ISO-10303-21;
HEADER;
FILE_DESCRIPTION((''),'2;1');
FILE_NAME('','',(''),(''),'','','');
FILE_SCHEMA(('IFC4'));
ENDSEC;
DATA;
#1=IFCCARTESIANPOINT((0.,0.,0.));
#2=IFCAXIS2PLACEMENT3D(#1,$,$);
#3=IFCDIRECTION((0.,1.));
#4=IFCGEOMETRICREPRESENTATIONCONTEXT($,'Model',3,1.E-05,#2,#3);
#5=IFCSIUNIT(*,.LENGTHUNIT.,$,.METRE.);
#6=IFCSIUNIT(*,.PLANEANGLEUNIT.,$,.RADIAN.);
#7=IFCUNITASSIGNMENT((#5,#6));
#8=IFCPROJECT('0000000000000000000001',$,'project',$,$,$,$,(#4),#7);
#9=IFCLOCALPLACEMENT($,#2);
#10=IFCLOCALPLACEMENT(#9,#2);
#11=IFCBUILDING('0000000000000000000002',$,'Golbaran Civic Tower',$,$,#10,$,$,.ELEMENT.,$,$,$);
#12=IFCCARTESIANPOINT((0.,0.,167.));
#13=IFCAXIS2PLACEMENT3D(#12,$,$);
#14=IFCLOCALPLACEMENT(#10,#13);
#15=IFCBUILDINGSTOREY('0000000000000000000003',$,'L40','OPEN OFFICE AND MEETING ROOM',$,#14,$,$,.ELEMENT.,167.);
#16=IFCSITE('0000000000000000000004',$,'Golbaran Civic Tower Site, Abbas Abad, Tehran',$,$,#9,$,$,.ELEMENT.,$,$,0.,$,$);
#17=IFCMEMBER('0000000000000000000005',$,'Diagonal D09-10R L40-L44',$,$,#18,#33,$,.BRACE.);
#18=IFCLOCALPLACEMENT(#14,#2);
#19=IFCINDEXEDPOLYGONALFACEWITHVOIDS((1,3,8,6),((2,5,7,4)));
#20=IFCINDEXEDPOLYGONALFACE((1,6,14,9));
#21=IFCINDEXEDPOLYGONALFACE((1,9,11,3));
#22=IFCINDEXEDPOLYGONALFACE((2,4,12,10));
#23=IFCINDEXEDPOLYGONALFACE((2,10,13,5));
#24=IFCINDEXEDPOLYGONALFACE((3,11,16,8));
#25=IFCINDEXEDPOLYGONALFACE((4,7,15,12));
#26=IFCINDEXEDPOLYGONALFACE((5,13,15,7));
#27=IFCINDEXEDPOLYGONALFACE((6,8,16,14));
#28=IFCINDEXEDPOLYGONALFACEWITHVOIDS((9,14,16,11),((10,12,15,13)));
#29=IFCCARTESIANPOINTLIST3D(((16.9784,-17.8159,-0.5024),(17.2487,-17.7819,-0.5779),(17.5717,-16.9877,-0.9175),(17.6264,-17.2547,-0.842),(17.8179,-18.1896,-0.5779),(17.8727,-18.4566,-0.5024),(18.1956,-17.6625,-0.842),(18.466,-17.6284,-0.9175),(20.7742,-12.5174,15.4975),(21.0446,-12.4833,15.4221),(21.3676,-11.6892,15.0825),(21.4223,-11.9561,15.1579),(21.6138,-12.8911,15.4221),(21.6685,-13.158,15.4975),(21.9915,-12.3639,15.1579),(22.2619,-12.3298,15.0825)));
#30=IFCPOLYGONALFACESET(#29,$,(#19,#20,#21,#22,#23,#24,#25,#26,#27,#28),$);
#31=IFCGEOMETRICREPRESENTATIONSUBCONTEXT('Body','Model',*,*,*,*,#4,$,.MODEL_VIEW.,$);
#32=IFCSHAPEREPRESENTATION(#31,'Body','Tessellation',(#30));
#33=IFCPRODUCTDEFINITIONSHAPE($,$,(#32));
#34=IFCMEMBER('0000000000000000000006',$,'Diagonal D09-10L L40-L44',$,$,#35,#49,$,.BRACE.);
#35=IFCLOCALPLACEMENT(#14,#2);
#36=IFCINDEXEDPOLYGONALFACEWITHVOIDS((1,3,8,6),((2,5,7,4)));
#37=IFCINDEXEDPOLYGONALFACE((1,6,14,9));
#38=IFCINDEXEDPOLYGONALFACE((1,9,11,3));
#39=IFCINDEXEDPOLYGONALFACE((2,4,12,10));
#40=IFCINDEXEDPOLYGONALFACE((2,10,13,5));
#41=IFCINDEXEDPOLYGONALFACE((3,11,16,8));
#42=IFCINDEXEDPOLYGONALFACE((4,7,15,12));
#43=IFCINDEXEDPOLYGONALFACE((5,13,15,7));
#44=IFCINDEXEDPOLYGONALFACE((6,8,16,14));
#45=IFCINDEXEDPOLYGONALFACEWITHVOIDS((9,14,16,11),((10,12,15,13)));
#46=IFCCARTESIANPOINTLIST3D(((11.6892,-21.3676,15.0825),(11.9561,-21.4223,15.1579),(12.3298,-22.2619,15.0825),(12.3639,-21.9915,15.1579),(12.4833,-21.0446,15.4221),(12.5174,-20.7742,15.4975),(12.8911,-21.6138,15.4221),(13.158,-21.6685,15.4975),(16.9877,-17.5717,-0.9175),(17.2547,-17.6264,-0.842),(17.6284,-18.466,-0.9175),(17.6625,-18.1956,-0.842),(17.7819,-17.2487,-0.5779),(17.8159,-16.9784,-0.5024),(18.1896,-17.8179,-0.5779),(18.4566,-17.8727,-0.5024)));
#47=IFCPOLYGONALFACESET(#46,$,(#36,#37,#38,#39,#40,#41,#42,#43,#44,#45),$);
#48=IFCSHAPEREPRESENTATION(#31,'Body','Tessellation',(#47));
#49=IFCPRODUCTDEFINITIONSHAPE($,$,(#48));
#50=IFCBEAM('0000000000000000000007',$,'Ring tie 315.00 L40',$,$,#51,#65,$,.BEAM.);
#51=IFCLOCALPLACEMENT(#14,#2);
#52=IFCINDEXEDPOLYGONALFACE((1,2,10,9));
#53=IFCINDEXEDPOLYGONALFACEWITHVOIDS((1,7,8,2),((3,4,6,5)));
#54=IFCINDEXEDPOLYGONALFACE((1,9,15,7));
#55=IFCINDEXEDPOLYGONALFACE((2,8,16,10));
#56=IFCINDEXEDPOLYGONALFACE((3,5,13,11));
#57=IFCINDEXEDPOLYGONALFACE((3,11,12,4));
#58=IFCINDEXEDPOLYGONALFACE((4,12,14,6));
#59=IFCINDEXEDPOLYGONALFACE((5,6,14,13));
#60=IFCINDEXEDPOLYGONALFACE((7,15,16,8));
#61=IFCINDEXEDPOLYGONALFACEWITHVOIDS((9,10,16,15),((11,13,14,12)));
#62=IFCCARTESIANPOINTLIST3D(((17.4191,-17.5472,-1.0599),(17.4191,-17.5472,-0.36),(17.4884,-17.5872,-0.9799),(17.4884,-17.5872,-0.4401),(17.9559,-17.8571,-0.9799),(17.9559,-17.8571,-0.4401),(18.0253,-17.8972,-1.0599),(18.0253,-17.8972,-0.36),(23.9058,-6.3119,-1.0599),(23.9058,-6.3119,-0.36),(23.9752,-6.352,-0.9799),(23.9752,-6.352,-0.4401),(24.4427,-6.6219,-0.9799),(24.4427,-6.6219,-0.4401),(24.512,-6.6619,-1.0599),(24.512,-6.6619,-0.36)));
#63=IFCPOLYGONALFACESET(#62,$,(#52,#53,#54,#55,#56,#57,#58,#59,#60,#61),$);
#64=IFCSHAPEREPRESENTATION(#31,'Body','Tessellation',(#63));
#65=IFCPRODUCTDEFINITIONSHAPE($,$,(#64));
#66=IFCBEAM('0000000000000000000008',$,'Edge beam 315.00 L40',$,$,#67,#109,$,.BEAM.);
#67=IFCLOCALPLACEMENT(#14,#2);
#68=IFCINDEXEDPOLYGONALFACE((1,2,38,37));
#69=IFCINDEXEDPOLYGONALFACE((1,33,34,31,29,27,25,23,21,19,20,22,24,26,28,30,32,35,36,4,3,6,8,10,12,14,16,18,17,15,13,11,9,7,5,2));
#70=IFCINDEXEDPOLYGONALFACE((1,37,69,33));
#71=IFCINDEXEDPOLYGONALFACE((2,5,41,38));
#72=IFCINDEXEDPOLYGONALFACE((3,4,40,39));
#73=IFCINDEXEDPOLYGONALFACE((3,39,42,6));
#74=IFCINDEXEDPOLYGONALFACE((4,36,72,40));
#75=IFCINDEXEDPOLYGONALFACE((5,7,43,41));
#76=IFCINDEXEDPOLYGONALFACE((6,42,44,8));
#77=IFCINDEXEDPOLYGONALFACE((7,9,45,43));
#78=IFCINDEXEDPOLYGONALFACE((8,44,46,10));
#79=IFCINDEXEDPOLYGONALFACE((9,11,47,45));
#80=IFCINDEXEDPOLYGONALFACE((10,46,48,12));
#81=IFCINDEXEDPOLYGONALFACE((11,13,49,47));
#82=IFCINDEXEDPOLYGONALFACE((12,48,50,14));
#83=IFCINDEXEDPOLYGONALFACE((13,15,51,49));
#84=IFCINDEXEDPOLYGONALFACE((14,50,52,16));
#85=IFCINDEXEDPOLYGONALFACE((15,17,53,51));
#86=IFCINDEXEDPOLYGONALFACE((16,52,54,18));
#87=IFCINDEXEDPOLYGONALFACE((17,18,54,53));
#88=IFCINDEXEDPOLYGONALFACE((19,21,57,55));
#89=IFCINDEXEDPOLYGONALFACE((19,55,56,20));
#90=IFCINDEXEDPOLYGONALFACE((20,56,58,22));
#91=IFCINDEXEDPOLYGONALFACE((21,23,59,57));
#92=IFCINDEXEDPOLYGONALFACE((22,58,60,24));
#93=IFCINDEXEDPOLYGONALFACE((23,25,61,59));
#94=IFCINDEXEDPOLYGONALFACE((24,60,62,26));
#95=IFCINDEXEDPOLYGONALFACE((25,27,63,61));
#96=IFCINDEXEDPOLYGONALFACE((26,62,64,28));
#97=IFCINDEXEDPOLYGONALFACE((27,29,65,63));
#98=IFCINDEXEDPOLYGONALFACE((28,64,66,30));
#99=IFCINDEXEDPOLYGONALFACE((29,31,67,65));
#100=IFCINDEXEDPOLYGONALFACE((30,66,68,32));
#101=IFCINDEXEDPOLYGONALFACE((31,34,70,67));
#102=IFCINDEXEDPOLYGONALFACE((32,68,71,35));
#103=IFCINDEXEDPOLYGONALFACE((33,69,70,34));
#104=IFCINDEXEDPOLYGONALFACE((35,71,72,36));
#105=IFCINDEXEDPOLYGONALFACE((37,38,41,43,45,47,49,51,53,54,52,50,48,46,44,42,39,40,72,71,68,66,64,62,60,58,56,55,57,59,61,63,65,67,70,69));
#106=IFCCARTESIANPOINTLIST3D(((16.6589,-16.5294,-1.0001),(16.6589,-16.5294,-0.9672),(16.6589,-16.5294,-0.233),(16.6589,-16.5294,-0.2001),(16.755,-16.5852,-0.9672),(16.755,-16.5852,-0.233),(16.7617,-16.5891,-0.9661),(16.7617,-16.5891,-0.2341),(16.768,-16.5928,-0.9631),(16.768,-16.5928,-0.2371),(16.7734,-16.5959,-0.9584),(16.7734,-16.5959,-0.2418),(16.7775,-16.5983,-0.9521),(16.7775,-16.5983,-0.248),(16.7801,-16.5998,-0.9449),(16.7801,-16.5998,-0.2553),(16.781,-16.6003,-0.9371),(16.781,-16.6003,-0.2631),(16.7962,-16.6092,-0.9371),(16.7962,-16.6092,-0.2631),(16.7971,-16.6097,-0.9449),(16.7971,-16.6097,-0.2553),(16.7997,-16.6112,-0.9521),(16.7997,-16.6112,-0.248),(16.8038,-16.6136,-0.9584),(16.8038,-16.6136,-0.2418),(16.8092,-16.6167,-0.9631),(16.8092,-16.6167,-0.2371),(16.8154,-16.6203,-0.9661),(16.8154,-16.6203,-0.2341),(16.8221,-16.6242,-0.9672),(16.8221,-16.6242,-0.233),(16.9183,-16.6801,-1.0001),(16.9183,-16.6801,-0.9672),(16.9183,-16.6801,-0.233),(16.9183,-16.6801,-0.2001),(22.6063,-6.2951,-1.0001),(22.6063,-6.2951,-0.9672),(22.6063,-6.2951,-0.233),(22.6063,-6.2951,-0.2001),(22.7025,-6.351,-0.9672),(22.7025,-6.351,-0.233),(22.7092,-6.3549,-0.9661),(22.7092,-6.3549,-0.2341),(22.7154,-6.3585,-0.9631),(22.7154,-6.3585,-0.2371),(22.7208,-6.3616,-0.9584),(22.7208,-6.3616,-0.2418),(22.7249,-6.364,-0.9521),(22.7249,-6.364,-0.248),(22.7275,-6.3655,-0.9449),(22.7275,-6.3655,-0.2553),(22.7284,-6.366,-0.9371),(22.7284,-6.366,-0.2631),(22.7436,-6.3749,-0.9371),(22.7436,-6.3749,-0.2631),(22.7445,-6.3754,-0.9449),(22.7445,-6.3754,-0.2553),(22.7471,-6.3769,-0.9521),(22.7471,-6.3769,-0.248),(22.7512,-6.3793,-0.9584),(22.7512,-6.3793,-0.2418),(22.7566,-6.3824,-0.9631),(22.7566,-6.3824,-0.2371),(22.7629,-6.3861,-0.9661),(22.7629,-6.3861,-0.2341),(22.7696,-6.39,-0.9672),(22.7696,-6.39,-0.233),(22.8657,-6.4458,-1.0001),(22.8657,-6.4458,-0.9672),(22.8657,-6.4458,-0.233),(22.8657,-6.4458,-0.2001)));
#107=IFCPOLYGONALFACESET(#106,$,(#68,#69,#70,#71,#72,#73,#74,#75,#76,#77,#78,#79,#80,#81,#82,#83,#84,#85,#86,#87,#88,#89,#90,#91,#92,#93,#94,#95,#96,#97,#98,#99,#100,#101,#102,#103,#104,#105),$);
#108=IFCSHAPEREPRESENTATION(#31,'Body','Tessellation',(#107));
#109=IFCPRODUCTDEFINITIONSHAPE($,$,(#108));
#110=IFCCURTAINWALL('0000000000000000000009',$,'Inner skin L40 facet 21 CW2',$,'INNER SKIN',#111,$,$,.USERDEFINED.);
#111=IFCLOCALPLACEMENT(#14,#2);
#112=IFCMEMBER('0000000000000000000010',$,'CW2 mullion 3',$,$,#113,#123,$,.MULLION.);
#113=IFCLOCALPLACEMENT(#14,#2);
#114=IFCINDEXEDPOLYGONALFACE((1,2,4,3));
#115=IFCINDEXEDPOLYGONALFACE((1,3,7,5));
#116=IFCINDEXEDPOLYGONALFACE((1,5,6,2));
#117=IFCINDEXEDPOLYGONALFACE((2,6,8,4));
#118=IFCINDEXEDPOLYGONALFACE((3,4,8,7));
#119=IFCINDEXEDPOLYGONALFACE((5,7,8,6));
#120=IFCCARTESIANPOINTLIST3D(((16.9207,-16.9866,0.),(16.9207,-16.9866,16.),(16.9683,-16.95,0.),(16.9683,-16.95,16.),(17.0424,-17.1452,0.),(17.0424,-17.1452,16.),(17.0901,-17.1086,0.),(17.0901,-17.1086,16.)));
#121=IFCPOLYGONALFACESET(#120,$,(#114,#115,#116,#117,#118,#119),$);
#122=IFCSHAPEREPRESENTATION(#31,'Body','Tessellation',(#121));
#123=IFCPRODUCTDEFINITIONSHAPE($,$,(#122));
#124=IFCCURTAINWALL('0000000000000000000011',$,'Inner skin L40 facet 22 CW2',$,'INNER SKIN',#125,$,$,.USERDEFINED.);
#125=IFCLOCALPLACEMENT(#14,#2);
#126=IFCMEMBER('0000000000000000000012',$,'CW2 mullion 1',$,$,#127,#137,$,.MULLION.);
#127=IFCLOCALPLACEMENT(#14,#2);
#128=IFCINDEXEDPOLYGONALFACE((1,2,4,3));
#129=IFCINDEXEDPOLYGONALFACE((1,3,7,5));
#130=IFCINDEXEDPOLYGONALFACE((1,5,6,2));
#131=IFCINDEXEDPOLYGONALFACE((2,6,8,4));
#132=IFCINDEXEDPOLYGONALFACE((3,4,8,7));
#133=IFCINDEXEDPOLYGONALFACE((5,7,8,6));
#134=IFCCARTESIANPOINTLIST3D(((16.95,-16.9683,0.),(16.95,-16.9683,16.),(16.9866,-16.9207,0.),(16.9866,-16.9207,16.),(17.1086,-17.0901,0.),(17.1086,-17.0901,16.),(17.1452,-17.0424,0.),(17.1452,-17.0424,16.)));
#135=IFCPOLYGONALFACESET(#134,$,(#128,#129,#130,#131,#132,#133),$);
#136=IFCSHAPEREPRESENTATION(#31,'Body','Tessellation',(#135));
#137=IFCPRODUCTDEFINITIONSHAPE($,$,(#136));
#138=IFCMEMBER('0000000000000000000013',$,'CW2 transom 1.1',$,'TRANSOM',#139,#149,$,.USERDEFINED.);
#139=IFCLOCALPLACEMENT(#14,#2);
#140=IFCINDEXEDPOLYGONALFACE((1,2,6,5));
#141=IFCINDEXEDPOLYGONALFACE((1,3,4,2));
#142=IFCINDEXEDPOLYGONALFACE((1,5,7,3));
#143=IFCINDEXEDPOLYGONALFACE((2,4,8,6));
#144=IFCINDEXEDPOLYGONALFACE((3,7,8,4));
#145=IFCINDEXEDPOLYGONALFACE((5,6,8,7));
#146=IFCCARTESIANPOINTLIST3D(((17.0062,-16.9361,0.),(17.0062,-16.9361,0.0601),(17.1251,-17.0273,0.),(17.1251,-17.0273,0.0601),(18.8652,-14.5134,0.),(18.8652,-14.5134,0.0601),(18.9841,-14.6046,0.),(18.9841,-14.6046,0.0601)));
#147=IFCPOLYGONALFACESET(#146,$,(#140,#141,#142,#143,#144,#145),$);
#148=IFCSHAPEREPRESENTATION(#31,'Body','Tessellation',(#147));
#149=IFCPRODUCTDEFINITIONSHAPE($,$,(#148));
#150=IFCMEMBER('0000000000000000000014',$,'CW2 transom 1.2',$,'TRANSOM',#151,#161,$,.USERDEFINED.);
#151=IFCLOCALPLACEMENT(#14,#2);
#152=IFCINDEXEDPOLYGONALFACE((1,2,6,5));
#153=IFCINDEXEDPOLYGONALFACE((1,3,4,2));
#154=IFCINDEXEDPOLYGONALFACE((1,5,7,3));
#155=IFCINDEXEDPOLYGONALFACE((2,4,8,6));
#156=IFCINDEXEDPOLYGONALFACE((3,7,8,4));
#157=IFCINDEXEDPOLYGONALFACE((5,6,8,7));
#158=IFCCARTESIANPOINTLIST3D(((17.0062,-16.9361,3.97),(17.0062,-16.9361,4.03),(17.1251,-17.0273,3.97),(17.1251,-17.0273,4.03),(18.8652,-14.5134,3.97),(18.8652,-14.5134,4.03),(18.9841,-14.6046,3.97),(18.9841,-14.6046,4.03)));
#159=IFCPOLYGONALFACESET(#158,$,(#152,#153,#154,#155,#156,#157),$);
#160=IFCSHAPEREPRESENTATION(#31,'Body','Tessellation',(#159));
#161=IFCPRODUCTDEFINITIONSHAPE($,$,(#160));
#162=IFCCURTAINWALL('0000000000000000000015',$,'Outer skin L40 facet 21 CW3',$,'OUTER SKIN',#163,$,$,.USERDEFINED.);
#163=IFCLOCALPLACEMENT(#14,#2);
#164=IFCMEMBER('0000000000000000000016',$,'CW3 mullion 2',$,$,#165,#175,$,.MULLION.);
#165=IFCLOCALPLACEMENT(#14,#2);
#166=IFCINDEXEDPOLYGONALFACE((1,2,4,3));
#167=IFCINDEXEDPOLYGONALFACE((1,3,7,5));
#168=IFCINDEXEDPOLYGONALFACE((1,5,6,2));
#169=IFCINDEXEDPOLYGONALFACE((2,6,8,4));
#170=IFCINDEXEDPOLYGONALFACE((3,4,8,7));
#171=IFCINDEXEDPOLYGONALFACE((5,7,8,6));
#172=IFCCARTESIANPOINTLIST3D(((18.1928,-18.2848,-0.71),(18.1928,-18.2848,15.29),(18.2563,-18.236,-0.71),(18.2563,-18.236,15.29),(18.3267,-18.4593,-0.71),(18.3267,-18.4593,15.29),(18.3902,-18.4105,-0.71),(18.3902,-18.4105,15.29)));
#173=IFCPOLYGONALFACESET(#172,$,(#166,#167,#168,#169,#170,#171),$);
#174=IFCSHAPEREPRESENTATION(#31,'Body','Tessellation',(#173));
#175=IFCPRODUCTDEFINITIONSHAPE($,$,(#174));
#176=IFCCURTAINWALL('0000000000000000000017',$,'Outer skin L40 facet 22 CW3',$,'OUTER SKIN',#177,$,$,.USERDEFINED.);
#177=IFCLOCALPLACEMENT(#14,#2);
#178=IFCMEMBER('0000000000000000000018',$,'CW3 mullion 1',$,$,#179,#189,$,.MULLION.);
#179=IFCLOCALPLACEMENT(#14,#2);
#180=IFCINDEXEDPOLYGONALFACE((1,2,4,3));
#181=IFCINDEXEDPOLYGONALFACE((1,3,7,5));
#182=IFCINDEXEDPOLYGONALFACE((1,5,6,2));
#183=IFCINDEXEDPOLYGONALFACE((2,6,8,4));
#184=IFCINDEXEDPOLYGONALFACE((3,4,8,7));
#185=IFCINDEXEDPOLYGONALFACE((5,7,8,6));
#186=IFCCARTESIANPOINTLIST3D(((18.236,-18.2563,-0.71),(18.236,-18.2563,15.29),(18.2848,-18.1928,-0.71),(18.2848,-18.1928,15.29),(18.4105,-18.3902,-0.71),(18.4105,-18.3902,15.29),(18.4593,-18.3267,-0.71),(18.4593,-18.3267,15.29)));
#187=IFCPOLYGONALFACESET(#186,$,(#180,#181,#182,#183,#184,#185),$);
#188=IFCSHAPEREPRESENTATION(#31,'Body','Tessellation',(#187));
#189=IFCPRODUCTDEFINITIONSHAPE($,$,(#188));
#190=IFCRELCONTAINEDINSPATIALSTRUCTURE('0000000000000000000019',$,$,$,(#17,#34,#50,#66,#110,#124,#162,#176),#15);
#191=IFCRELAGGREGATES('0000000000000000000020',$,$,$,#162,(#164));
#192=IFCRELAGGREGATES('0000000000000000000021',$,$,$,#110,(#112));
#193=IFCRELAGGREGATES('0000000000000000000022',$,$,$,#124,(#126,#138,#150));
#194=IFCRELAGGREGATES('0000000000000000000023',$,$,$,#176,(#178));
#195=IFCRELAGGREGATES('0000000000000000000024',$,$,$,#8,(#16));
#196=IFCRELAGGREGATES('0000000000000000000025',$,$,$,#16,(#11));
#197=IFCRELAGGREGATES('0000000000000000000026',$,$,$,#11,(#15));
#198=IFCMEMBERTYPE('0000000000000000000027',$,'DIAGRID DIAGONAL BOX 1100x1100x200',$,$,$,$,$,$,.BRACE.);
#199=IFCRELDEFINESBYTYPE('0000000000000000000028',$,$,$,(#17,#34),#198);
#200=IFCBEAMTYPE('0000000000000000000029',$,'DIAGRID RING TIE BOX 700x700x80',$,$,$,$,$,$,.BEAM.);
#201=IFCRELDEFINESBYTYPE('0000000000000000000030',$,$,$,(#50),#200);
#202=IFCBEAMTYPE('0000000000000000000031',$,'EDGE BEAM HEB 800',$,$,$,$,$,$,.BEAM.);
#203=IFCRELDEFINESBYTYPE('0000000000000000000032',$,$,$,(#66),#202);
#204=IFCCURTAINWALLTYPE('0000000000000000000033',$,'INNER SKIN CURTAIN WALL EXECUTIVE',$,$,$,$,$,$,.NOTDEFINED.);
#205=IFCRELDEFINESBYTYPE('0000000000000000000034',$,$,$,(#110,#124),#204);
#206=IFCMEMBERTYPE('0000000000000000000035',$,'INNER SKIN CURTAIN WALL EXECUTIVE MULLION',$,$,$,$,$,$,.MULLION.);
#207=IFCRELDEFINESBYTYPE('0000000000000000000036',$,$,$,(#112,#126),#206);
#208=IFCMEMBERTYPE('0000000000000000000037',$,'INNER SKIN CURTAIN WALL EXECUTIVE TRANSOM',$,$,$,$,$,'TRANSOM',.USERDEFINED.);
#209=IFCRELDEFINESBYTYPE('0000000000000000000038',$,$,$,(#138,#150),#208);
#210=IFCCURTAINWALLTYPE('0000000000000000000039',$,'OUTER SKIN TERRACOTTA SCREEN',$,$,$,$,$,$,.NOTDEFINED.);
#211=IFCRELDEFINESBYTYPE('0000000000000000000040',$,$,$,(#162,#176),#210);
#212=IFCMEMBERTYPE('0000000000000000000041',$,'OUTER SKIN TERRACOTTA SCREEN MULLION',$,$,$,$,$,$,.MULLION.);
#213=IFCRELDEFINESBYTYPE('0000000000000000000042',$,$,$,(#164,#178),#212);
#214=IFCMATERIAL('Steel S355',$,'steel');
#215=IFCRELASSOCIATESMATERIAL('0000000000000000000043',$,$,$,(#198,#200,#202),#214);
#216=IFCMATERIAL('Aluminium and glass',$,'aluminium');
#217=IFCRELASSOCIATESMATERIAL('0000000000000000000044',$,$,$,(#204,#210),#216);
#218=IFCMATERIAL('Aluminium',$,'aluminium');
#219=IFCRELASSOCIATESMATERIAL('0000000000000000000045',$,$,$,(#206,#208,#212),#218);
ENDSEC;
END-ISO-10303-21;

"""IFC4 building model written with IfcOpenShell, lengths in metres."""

from ifc_helpers import new_model, si_unit, direction, frame, origin, origin_2d, place, context, subcontext, project, spatial, rectangle, hollow_rectangle, i_section, extrude, material, material_profile, profile_set, type_object, element, aggregate, save


model = new_model("IFC4")

# Units and contexts
model_context = context("Model", 3, precision=1e-05, world=origin(), true_north=direction((0.0, 1.0)))
body_context = subcontext(model_context, "Body", "Model", "MODEL_VIEW")
ifc_project = project(units=[si_unit("LENGTHUNIT", "METRE"), si_unit("PLANEANGLEUNIT", "RADIAN")], contexts=[model_context])

# Site, building, storey
site_placement = place(None, origin())
site = spatial("IfcSite", under=ifc_project, at=site_placement, Name="Golbaran Civic Tower Site, Abbas Abad, Tehran", CompositionType="ELEMENT", RefElevation=0.0)
building_placement = place(site_placement, origin())
building = spatial("IfcBuilding", under=site, at=building_placement, Name="Golbaran Civic Tower", CompositionType="ELEMENT")
storey_placement = place(building_placement, frame((0.0, 0.0, 167.0)))
storey = spatial("IfcBuildingStorey", under=building, at=storey_placement, Name="L40", Description="OPEN OFFICE AND MEETING ROOM", CompositionType="ELEMENT", Elevation=167.0)

# Members
ifc_material_1 = material(Name="Steel S355", Category="steel")
ifc_material_profile_1 = material_profile(ifc_material_1, hollow_rectangle(XDim=1.1001, YDim=1.1001, WallThickness=0.2, at=origin_2d()), Name="BOX 1100x1100x200")
ifc_profile_set_1 = profile_set([ifc_material_profile_1], Name="Steel S355")
member_type_1 = type_object("IfcMemberType", Name="DIAGRID DIAGONAL BOX 1100x1100x200", PredefinedType="BRACE", material=ifc_profile_set_1)
for number, where, z_axis, x_axis, name in (
    (1, (17.7222, -17.7222, -0.71), (0.219712, 0.30669, 0.926104), (-0.81292, 0.582375, 0.0), "Diagonal D09-10R L40-L44"),
    (2, (17.7222, -17.7222, -0.71), (-0.30669, -0.219712, 0.926104), (0.582375, -0.81292, 0.0), "Diagonal D09-10L L40-L44"),
):
    element("IfcMember", number, at=place(storey_placement, frame(where, z_axis=z_axis, x_axis=x_axis)), inside=storey, type_object=member_type_1, Name=name, PredefinedType="BRACE", context=body_context, shape_type="SweptSolid", body=[
        extrude(hollow_rectangle(XDim=1.1001, YDim=1.1001, WallThickness=0.2, at=origin_2d()), origin(), (0.0, 0.0, 1.0), 17.2766),
    ])

# Beams
ifc_material_profile_2 = material_profile(ifc_material_1, hollow_rectangle(XDim=0.7, YDim=0.7, WallThickness=0.0801, at=origin_2d()), Name="BOX 700x700x80")
ifc_profile_set_2 = profile_set([ifc_material_profile_2], Name="Steel S355")
beam_type_1 = type_object("IfcBeamType", Name="DIAGRID RING TIE BOX 700x700x80", PredefinedType="BEAM", material=ifc_profile_set_2)
beam_1_placement = place(storey_placement, frame((17.7222, -17.7222, -0.71), z_axis=(0.500005, 0.866023, 0.0), x_axis=(-0.866023, 0.500005, 0.0)))
element("IfcBeam", 3, at=beam_1_placement, inside=storey, type_object=beam_type_1, Name="Ring tie 315.00 L40", PredefinedType="BEAM", context=body_context, shape_type="SweptSolid", body=[
    extrude(hollow_rectangle(XDim=0.7, YDim=0.7, WallThickness=0.0801, at=origin_2d()), origin(), (0.0, 0.0, 1.0), 12.9734),
])
ifc_material_profile_3 = material_profile(ifc_material_1, i_section(OverallWidth=0.3, OverallDepth=0.8, WebThickness=0.0176, FlangeThickness=0.033, FilletRadius=0.03, at=origin_2d()), Name="HEB 800")
ifc_profile_set_3 = profile_set([ifc_material_profile_3], Name="Steel S355")
beam_type_2 = type_object("IfcBeamType", Name="EDGE BEAM HEB 800", PredefinedType="BEAM", material=ifc_profile_set_3)
beam_2_placement = place(storey_placement, frame((16.7886, -16.6047, -0.6001), z_axis=(0.502449, 0.864607, 0.0), x_axis=(-0.864607, 0.502449, 0.0)))
element("IfcBeam", 4, at=beam_2_placement, inside=storey, type_object=beam_type_2, Name="Edge beam 315.00 L40", PredefinedType="BEAM", context=body_context, shape_type="SweptSolid", body=[
    extrude(i_section(OverallWidth=0.3, OverallDepth=0.8, WebThickness=0.0176, FlangeThickness=0.033, FilletRadius=0.03, at=origin_2d()), origin(), (0.0, 0.0, 1.0), 11.8369),
])

# Curtain wall, member
ifc_material_2 = material(Name="Aluminium and glass", Category="aluminium")
curtain_wall_type_1 = type_object("IfcCurtainWallType", Name="INNER SKIN CURTAIN WALL EXECUTIVE", PredefinedType="NOTDEFINED", material=ifc_material_2)
curtain_wall_1_placement = place(storey_placement, origin())
curtain_wall_1 = element("IfcCurtainWall", 5, at=curtain_wall_1_placement, inside=storey, type_object=curtain_wall_type_1, Name="Inner skin L40 facet 21 CW2", ObjectType="INNER SKIN", PredefinedType="USERDEFINED")
ifc_material_3 = material(Name="Aluminium", Category="aluminium")
ifc_material_profile_4 = material_profile(ifc_material_3, rectangle(XDim=0.2, YDim=0.0601, at=origin_2d()), Name="INNER SKIN CURTAIN WALL EXECUTIVE MULLION")
ifc_profile_set_4 = profile_set([ifc_material_profile_4], Name="Aluminium")
member_type_2 = type_object("IfcMemberType", Name="INNER SKIN CURTAIN WALL EXECUTIVE MULLION", PredefinedType="MULLION", material=ifc_profile_set_4)
member_1_placement = place(storey_placement, frame((17.0054, -17.0476, 0.0), z_axis=(0.0, 0.0, 1.0), x_axis=(-0.608761, 0.793353, 0.0)))
member_1 = element("IfcMember", 6, at=member_1_placement, type_object=member_type_2, Name="CW2 mullion 3", PredefinedType="MULLION", context=body_context, shape_type="SweptSolid", body=[
    extrude(rectangle(XDim=0.2, YDim=0.0601, at=origin_2d()), origin(), (0.0, 0.0, 1.0), 16.0),
])

# Curtain wall, members
curtain_wall_2_placement = place(storey_placement, origin())
curtain_wall_2 = element("IfcCurtainWall", 7, at=curtain_wall_2_placement, inside=storey, type_object=curtain_wall_type_1, Name="Inner skin L40 facet 22 CW2", ObjectType="INNER SKIN", PredefinedType="USERDEFINED")
member_2_placement = place(storey_placement, frame((17.0476, -17.0054, 0.0), z_axis=(0.0, 0.0, 1.0), x_axis=(-0.793353, 0.608761, 0.0)))
member_2 = element("IfcMember", 8, at=member_2_placement, type_object=member_type_2, Name="CW2 mullion 1", PredefinedType="MULLION", context=body_context, shape_type="SweptSolid", body=[
    extrude(rectangle(XDim=0.2, YDim=0.0601, at=origin_2d()), origin(), (0.0, 0.0, 1.0), 16.0),
])
ifc_material_profile_5 = material_profile(ifc_material_3, rectangle(XDim=0.1499, YDim=0.0601, at=origin_2d()), Name="INNER SKIN CURTAIN WALL EXECUTIVE TRANSOM")
ifc_profile_set_5 = profile_set([ifc_material_profile_5], Name="Aluminium")
member_type_3 = type_object("IfcMemberType", Name="INNER SKIN CURTAIN WALL EXECUTIVE TRANSOM", ElementType="TRANSOM", PredefinedType="USERDEFINED", material=ifc_profile_set_5)
member_3_placement = place(storey_placement, frame((17.0657, -16.9817, 0.03), z_axis=(0.608752, 0.793361, 0.0), x_axis=(-0.793361, 0.608752, 0.0)))
member_3 = element("IfcMember", 9, at=member_3_placement, type_object=member_type_3, Name="CW2 transom 1.1", ObjectType="TRANSOM", PredefinedType="USERDEFINED", context=body_context, shape_type="SweptSolid", body=[
    extrude(rectangle(XDim=0.1499, YDim=0.0601, at=origin_2d()), origin(), (0.0, 0.0, 1.0), 3.0537),
])
member_4_placement = place(storey_placement, frame((17.0657, -16.9817, 4.0), z_axis=(0.608752, 0.793361, 0.0), x_axis=(-0.793361, 0.608752, 0.0)))
member_4 = element("IfcMember", 10, at=member_4_placement, type_object=member_type_3, Name="CW2 transom 1.2", ObjectType="TRANSOM", PredefinedType="USERDEFINED", context=body_context, shape_type="SweptSolid", body=[
    extrude(rectangle(XDim=0.1499, YDim=0.0601, at=origin_2d()), origin(), (0.0, 0.0, 1.0), 3.0537),
])

# Curtain wall, member
curtain_wall_type_2 = type_object("IfcCurtainWallType", Name="OUTER SKIN TERRACOTTA SCREEN", PredefinedType="NOTDEFINED", material=ifc_material_2)
curtain_wall_3_placement = place(storey_placement, origin())
curtain_wall_3 = element("IfcCurtainWall", 11, at=curtain_wall_3_placement, inside=storey, type_object=curtain_wall_type_2, Name="Outer skin L40 facet 21 CW3", ObjectType="OUTER SKIN", PredefinedType="USERDEFINED")
ifc_material_profile_6 = material_profile(ifc_material_3, rectangle(XDim=0.22, YDim=0.0801, at=origin_2d()), Name="OUTER SKIN TERRACOTTA SCREEN MULLION")
ifc_profile_set_6 = profile_set([ifc_material_profile_6], Name="Aluminium")
member_type_4 = type_object("IfcMemberType", Name="OUTER SKIN TERRACOTTA SCREEN MULLION", PredefinedType="MULLION", material=ifc_profile_set_6)
member_5_placement = place(storey_placement, frame((18.2915, -18.3477, -0.71), z_axis=(0.0, 0.0, 1.0), x_axis=(-0.608761, 0.793353, 0.0)))
member_5 = element("IfcMember", 12, at=member_5_placement, type_object=member_type_4, Name="CW3 mullion 2", PredefinedType="MULLION", context=body_context, shape_type="SweptSolid", body=[
    extrude(rectangle(XDim=0.22, YDim=0.0801, at=origin_2d()), origin(), (0.0, 0.0, 1.0), 16.0),
])
aggregate(curtain_wall_3, [member_5])

# Curtain wall, member
curtain_wall_4_placement = place(storey_placement, origin())
curtain_wall_4 = element("IfcCurtainWall", 13, at=curtain_wall_4_placement, inside=storey, type_object=curtain_wall_type_2, Name="Outer skin L40 facet 22 CW3", ObjectType="OUTER SKIN", PredefinedType="USERDEFINED")
member_6_placement = place(storey_placement, frame((18.3477, -18.2915, -0.71), z_axis=(0.0, 0.0, 1.0), x_axis=(-0.793353, 0.608761, 0.0)))
member_6 = element("IfcMember", 14, at=member_6_placement, type_object=member_type_4, Name="CW3 mullion 1", PredefinedType="MULLION", context=body_context, shape_type="SweptSolid", body=[
    extrude(rectangle(XDim=0.22, YDim=0.0801, at=origin_2d()), origin(), (0.0, 0.0, 1.0), 16.0),
])

aggregate(curtain_wall_1, [member_1])
aggregate(curtain_wall_2, [member_2, member_3, member_4])
aggregate(curtain_wall_4, [member_6])

save(model, "model.ifc")
